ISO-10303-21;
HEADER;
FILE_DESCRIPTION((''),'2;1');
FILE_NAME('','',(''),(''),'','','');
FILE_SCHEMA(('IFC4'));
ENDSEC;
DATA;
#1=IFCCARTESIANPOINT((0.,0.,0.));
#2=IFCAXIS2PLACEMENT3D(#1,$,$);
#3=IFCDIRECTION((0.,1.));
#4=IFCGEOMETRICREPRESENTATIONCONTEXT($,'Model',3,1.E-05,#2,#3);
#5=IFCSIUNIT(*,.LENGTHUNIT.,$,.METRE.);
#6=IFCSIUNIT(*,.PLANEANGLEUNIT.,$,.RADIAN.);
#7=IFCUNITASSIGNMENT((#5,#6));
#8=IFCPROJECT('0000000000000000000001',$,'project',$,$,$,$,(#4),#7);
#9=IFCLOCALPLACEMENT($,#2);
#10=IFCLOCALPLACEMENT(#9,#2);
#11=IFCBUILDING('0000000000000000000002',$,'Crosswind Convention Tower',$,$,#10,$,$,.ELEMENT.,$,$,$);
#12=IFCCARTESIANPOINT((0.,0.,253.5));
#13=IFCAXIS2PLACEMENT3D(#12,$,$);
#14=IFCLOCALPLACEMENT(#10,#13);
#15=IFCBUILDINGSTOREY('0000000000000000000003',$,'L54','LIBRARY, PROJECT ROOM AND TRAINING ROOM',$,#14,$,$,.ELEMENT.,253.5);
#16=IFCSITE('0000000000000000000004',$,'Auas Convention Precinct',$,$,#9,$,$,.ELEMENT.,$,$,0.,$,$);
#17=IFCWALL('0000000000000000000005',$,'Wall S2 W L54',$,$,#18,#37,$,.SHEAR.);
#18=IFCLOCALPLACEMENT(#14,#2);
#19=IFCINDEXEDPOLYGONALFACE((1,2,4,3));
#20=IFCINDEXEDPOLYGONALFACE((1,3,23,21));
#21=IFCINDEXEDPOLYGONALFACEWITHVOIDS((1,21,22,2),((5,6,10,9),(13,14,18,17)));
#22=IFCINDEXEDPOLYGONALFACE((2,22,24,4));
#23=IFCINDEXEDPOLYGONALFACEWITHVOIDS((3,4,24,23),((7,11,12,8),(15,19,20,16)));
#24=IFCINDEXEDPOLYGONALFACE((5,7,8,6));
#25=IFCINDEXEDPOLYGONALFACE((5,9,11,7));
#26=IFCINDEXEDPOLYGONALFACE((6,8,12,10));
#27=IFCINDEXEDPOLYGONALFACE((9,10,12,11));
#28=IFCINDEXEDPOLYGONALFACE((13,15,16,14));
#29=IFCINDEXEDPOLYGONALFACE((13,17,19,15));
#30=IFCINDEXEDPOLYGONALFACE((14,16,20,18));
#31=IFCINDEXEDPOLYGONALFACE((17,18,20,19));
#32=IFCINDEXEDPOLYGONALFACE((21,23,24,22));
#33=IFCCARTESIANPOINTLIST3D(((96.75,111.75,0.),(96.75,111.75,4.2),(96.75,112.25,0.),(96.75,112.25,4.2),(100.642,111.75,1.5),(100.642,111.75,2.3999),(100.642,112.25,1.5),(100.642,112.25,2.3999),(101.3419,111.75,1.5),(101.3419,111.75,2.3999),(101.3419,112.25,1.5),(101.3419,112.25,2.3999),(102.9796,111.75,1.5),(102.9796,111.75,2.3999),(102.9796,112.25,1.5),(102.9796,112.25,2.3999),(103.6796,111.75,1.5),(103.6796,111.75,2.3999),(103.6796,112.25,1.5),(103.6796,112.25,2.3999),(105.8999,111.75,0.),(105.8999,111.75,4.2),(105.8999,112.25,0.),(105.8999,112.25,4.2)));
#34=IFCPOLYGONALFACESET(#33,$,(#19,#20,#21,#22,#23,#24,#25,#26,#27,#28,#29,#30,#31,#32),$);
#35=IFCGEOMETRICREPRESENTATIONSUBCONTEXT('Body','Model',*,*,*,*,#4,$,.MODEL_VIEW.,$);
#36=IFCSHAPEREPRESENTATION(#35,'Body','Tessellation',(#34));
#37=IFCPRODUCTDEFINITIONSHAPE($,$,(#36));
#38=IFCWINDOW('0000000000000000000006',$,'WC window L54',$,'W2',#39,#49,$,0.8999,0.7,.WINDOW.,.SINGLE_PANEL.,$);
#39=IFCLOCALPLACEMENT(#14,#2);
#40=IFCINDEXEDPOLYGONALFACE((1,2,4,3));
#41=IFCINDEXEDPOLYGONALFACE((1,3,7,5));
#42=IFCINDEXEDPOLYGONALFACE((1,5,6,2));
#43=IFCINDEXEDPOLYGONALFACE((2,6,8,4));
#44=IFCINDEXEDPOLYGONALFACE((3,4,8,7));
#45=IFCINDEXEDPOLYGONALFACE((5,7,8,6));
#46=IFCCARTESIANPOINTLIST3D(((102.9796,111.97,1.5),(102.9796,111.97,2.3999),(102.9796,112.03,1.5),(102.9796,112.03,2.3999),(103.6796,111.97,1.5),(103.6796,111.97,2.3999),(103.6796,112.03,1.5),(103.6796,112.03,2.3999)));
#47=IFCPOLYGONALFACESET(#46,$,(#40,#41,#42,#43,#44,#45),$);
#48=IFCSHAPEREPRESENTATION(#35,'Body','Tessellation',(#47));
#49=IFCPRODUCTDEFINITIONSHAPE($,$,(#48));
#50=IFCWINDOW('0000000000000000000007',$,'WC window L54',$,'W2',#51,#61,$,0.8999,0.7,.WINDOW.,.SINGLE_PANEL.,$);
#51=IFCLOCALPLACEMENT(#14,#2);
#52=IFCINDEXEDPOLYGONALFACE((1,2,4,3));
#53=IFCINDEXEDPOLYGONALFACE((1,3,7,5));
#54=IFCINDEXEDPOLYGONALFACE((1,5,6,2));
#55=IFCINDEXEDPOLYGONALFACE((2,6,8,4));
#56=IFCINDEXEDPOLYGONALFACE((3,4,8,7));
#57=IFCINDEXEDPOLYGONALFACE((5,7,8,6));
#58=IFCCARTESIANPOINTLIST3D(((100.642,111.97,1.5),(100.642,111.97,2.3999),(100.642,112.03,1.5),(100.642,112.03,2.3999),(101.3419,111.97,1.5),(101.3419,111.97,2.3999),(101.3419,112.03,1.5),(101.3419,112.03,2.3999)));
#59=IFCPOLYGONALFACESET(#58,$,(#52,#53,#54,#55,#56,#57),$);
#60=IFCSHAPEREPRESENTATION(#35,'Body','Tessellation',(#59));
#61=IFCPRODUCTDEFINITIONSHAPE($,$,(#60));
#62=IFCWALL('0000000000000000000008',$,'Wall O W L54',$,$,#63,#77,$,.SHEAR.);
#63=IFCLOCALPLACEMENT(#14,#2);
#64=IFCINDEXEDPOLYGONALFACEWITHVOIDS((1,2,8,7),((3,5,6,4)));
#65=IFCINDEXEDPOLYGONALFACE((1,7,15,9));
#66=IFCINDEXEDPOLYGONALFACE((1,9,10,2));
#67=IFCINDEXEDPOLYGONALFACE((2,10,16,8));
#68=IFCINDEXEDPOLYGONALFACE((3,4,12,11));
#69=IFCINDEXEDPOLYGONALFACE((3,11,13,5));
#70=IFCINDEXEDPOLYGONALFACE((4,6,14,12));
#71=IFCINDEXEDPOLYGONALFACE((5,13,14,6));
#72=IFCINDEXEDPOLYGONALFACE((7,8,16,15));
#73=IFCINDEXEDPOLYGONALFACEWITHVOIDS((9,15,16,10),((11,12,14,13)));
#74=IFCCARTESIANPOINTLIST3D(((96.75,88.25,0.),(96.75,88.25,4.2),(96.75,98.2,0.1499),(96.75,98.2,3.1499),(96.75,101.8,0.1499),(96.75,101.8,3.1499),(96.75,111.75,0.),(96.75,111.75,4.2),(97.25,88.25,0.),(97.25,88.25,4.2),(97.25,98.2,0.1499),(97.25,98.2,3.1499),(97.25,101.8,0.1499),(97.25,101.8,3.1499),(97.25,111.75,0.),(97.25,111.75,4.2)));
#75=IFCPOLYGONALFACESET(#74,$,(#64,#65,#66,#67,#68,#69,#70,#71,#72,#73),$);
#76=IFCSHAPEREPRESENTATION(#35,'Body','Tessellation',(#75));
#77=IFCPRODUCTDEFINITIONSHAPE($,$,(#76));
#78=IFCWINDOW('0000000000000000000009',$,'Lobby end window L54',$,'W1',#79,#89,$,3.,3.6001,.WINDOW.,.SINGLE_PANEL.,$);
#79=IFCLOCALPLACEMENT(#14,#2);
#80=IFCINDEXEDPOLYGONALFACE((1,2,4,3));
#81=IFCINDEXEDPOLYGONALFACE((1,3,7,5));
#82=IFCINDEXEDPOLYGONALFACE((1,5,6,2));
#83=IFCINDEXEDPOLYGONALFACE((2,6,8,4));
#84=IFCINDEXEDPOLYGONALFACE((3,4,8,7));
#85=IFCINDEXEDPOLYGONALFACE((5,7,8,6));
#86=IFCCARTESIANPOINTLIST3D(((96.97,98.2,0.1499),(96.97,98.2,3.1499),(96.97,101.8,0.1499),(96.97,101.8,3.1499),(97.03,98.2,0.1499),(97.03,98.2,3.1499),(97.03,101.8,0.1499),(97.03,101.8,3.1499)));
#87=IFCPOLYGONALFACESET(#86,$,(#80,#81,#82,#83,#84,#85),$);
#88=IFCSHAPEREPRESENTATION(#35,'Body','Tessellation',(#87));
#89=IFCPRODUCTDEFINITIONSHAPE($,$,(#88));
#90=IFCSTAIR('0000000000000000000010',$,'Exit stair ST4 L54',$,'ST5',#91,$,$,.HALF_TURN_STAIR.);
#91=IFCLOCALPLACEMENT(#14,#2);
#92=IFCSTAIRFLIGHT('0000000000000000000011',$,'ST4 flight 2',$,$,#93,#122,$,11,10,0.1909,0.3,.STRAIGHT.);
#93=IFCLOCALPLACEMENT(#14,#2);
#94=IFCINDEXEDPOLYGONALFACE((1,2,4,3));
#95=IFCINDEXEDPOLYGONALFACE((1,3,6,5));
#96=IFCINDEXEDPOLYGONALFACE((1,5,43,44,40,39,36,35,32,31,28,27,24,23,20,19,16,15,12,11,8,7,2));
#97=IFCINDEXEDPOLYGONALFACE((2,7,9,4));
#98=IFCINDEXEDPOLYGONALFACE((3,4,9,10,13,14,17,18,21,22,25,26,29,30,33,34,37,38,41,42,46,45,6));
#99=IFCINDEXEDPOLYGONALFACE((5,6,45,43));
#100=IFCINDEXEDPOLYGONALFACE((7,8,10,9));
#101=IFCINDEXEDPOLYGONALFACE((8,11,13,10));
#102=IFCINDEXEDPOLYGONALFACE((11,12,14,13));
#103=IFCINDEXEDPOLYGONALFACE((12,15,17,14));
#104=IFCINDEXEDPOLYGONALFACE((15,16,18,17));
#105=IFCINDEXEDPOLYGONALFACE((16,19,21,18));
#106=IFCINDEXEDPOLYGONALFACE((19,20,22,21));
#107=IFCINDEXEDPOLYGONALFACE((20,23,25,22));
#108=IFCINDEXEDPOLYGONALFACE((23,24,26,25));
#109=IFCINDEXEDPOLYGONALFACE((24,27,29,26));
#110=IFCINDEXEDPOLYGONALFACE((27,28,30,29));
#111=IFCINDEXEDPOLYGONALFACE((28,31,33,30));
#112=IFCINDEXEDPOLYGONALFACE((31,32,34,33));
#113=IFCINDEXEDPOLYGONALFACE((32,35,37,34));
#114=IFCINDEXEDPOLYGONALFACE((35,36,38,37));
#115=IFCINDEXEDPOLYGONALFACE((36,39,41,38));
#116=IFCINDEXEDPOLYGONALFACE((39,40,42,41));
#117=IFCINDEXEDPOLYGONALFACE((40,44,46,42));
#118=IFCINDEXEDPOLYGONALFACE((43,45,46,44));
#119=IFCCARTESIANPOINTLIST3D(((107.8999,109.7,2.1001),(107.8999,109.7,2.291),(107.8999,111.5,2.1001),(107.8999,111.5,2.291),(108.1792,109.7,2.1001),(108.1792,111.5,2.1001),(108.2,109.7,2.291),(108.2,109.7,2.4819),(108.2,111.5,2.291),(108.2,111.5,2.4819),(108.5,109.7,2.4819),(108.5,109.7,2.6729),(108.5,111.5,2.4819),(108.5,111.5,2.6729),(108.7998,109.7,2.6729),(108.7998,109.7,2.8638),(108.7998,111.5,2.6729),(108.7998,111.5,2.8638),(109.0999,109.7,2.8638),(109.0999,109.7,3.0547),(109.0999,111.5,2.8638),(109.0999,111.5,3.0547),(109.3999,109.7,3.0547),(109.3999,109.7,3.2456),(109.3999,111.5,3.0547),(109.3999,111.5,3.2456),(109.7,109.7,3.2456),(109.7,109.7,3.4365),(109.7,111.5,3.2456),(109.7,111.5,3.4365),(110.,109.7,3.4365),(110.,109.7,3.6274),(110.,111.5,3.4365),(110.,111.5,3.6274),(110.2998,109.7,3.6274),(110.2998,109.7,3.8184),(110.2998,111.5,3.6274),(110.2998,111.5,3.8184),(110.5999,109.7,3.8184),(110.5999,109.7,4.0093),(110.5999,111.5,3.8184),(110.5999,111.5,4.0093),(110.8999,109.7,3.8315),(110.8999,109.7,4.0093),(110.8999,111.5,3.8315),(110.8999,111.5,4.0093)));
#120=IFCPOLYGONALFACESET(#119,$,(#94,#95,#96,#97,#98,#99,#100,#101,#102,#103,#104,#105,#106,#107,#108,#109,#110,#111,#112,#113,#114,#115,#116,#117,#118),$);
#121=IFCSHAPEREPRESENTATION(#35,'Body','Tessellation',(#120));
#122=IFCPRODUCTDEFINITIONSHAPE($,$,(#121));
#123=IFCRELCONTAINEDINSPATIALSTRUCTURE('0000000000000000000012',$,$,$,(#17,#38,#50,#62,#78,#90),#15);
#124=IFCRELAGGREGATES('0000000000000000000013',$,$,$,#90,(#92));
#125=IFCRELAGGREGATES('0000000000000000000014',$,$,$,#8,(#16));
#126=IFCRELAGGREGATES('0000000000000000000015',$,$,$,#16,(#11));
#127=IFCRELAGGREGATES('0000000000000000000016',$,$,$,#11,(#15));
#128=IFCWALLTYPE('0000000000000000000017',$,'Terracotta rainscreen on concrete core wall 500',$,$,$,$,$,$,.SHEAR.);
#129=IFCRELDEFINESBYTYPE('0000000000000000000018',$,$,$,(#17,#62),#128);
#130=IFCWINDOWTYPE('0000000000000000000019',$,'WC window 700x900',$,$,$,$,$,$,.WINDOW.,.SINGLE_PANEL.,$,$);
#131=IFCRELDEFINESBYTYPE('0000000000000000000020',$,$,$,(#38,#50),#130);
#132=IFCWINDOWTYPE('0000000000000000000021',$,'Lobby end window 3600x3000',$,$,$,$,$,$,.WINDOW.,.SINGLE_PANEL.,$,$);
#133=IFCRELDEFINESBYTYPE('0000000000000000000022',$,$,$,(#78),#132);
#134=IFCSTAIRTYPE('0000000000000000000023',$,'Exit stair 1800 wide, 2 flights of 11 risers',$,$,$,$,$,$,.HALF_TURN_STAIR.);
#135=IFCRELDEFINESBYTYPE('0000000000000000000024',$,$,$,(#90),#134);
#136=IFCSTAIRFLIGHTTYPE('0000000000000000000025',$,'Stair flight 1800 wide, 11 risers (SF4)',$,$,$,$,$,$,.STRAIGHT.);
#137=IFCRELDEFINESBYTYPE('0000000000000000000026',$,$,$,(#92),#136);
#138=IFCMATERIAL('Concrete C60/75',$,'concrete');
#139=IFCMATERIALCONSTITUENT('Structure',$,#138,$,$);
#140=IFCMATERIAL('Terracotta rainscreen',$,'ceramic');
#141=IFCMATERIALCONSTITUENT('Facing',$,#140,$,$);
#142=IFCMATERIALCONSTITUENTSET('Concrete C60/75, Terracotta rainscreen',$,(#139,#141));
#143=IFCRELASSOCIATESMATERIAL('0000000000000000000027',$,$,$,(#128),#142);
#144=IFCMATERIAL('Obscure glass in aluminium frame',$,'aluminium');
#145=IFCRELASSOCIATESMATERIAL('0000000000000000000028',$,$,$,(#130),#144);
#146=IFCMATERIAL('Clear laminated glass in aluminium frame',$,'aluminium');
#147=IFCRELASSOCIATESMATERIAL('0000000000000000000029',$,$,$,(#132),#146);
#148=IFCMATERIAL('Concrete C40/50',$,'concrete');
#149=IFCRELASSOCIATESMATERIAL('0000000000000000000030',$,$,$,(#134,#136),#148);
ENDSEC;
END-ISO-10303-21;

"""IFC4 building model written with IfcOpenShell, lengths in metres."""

from ifc_helpers import new_model, si_unit, direction, frame, frame_2d, origin, place, context, subcontext, project, spatial, polyline, rectangle, outline, extrude, material, constituent, constituent_set, type_object, element, fill, aggregate, save


model = new_model("IFC4")

# Units and contexts
model_context = context("Model", 3, precision=1e-05, world=origin(), true_north=direction((0.0, 1.0)))
body_context = subcontext(model_context, "Body", "Model", "MODEL_VIEW")
ifc_project = project(units=[si_unit("LENGTHUNIT", "METRE"), si_unit("PLANEANGLEUNIT", "RADIAN")], contexts=[model_context])

# Site, building, storey
site_placement = place(None, origin())
site = spatial("IfcSite", under=ifc_project, at=site_placement, Name="Auas Convention Precinct", CompositionType="ELEMENT", RefElevation=0.0)
building_placement = place(site_placement, origin())
building = spatial("IfcBuilding", under=site, at=building_placement, Name="Crosswind Convention Tower", CompositionType="ELEMENT")
storey_placement = place(building_placement, frame((0.0, 0.0, 253.5)))
storey = spatial("IfcBuildingStorey", under=building, at=storey_placement, Name="L54", Description="LIBRARY, PROJECT ROOM AND TRAINING ROOM", CompositionType="ELEMENT", Elevation=253.5)

# Wall, openings, windows
ifc_material_1 = material(Name="Concrete C60/75", Category="concrete")
ifc_constituent_1 = constituent(ifc_material_1, Name="Structure")
ifc_material_2 = material(Name="Terracotta rainscreen", Category="ceramic")
ifc_constituent_2 = constituent(ifc_material_2, Name="Facing")
ifc_constituent_set = constituent_set(constituents=[ifc_constituent_1, ifc_constituent_2], Name="Concrete C60/75, Terracotta rainscreen")
wall_type_1 = type_object("IfcWallType", Name="Terracotta rainscreen on concrete core wall 500", PredefinedType="SHEAR", material=ifc_constituent_set)
wall_1_placement = place(storey_placement, frame((105.8999, 112.0, 0.0), z_axis=(0.0, 0.0, 1.0), x_axis=(-1.0, 0.0, 0.0)))
wall_1 = element("IfcWall", 1, at=wall_1_placement, inside=storey, type_object=wall_type_1, Name="Wall S2 W L54", PredefinedType="SHEAR", context=body_context, shape_type="SweptSolid", body=[
    extrude(rectangle(XDim=9.1499, YDim=0.5, at=frame_2d((4.575, 0.0))), origin(), (0.0, 0.0, 1.0), 4.2),
])
opening_1_placement = place(wall_1_placement, frame((2.2202, 0.0, 1.5)))
opening_1 = element("IfcOpeningElement", 2, at=opening_1_placement, cuts=wall_1, PredefinedType="OPENING", context=body_context, shape_type="SweptSolid", body=[
    extrude(rectangle(XDim=0.7, YDim=0.8999, at=frame_2d((0.3501, 0.45))), frame((0.0, 0.26, 0.0), z_axis=(0.0, -1.0, 0.0), x_axis=(1.0, 0.0, 0.0)), (0.0, 0.0, 1.0), 0.52),
])
opening_2_placement = place(wall_1_placement, frame((4.5579, 0.0, 1.5)))
opening_2 = element("IfcOpeningElement", 3, at=opening_2_placement, cuts=wall_1, PredefinedType="OPENING", context=body_context, shape_type="SweptSolid", body=[
    extrude(rectangle(XDim=0.7, YDim=0.8999, at=frame_2d((0.3501, 0.45))), frame((0.0, 0.26, 0.0), z_axis=(0.0, -1.0, 0.0), x_axis=(1.0, 0.0, 0.0)), (0.0, 0.0, 1.0), 0.52),
])
ifc_material_3 = material(Name="Obscure glass in aluminium frame", Category="aluminium")
window_type_1 = type_object("IfcWindowType", Name="WC window 700x900", PartitioningType="SINGLE_PANEL", PredefinedType="WINDOW", material=ifc_material_3)
window_1_placement = place(opening_1_placement, origin())
window_1 = element("IfcWindow", 4, at=window_1_placement, inside=storey, type_object=window_type_1, Name="WC window L54", ObjectType="W2", OverallHeight=0.8999, OverallWidth=0.7, PartitioningType="SINGLE_PANEL", PredefinedType="WINDOW", context=body_context, shape_type="SweptSolid", body=[
    extrude(rectangle(XDim=0.7, YDim=0.8999, at=frame_2d((0.3501, 0.45))), frame((0.0, 0.03, 0.0), z_axis=(0.0, -1.0, 0.0), x_axis=(1.0, 0.0, 0.0)), (0.0, 0.0, 1.0), 0.0601),
])
fill(opening_1, window_1)
window_2_placement = place(opening_2_placement, origin())
window_2 = element("IfcWindow", 5, at=window_2_placement, inside=storey, type_object=window_type_1, Name="WC window L54", ObjectType="W2", OverallHeight=0.8999, OverallWidth=0.7, PartitioningType="SINGLE_PANEL", PredefinedType="WINDOW", context=body_context, shape_type="SweptSolid", body=[
    extrude(rectangle(XDim=0.7, YDim=0.8999, at=frame_2d((0.3501, 0.45))), frame((0.0, 0.03, 0.0), z_axis=(0.0, -1.0, 0.0), x_axis=(1.0, 0.0, 0.0)), (0.0, 0.0, 1.0), 0.0601),
])
fill(opening_2, window_2)

# Wall, opening, window
wall_2_placement = place(storey_placement, frame((97.0, 111.75, 0.0), z_axis=(0.0, 0.0, 1.0), x_axis=(0.0, -1.0, 0.0)))
wall_2 = element("IfcWall", 6, at=wall_2_placement, inside=storey, type_object=wall_type_1, Name="Wall O W L54", PredefinedType="SHEAR", context=body_context, shape_type="SweptSolid", body=[
    extrude(rectangle(XDim=23.5, YDim=0.5, at=frame_2d((11.75, 0.0))), origin(), (0.0, 0.0, 1.0), 4.2),
])
opening_3_placement = place(wall_2_placement, frame((9.95, 0.0, 0.1499)))
opening_3 = element("IfcOpeningElement", 7, at=opening_3_placement, cuts=wall_2, PredefinedType="OPENING", context=body_context, shape_type="SweptSolid", body=[
    extrude(rectangle(XDim=3.6001, YDim=3.0, at=frame_2d((1.8, 1.5))), frame((0.0, 0.26, 0.0), z_axis=(0.0, -1.0, 0.0), x_axis=(1.0, 0.0, 0.0)), (0.0, 0.0, 1.0), 0.52),
])
ifc_material_4 = material(Name="Clear laminated glass in aluminium frame", Category="aluminium")
window_type_2 = type_object("IfcWindowType", Name="Lobby end window 3600x3000", PartitioningType="SINGLE_PANEL", PredefinedType="WINDOW", material=ifc_material_4)
window_3_placement = place(opening_3_placement, origin())
window_3 = element("IfcWindow", 8, at=window_3_placement, inside=storey, type_object=window_type_2, Name="Lobby end window L54", ObjectType="W1", OverallHeight=3.0, OverallWidth=3.6001, PartitioningType="SINGLE_PANEL", PredefinedType="WINDOW", context=body_context, shape_type="SweptSolid", body=[
    extrude(rectangle(XDim=3.6001, YDim=3.0, at=frame_2d((1.8, 1.5))), frame((0.0, 0.03, 0.0), z_axis=(0.0, -1.0, 0.0), x_axis=(1.0, 0.0, 0.0)), (0.0, 0.0, 1.0), 0.0601),
])
fill(opening_3, window_3)

# Stair, stair flight
ifc_material_5 = material(Name="Concrete C40/50", Category="concrete")
stair_type = type_object("IfcStairType", Name="Exit stair 1800 wide, 2 flights of 11 risers", PredefinedType="HALF_TURN_STAIR", material=ifc_material_5)
stair_placement = place(storey_placement, origin())
stair = element("IfcStair", 9, at=stair_placement, inside=storey, type_object=stair_type, Name="Exit stair ST4 L54", ObjectType="ST5", PredefinedType="HALF_TURN_STAIR")
stair_flight_type = type_object("IfcStairFlightType", Name="Stair flight 1800 wide, 11 risers (SF4)", PredefinedType="STRAIGHT", material=ifc_material_5)
stair_flight_placement = place(storey_placement, frame((107.8999, 110.6001, 2.1001), z_axis=(0.0, 0.0, 1.0), x_axis=(1.0, 0.0, 0.0)))
stair_flight = element("IfcStairFlight", 10, at=stair_flight_placement, type_object=stair_flight_type, Name="ST4 flight 2", NumberOfRisers=11, NumberOfTreads=10, PredefinedType="STRAIGHT", RiserHeight=0.1909, TreadLength=0.3, context=body_context, shape_type="SweptSolid", body=[
    extrude(outline(polyline([(0.0, 0.0), (0.0, 0.1909), (0.3, 0.1909), (0.3, 0.3818), (0.6001, 0.3818), (0.6001, 0.5728), (0.8999, 0.5728), (0.8999, 0.7637), (1.2, 0.7637), (1.2, 0.9546), (1.5, 0.9546), (1.5, 1.1455), (1.8, 1.1455), (1.8, 1.3364), (2.1001, 1.3364), (2.1001, 1.5273), (2.3999, 1.5273), (2.3999, 1.7183), (2.7, 1.7183), (2.7, 1.9092), (3.0, 1.9092), (3.0, 2.1001), (3.0, 1.7314), (0.2793, 0.0), (0.0, 0.0)])), frame((0.0, 0.8999, 0.0), z_axis=(0.0, -1.0, 0.0), x_axis=(1.0, 0.0, 0.0)), (0.0, 0.0, 1.0), 1.8),
])
aggregate(stair, [stair_flight])

save(model, "model.ifc")
